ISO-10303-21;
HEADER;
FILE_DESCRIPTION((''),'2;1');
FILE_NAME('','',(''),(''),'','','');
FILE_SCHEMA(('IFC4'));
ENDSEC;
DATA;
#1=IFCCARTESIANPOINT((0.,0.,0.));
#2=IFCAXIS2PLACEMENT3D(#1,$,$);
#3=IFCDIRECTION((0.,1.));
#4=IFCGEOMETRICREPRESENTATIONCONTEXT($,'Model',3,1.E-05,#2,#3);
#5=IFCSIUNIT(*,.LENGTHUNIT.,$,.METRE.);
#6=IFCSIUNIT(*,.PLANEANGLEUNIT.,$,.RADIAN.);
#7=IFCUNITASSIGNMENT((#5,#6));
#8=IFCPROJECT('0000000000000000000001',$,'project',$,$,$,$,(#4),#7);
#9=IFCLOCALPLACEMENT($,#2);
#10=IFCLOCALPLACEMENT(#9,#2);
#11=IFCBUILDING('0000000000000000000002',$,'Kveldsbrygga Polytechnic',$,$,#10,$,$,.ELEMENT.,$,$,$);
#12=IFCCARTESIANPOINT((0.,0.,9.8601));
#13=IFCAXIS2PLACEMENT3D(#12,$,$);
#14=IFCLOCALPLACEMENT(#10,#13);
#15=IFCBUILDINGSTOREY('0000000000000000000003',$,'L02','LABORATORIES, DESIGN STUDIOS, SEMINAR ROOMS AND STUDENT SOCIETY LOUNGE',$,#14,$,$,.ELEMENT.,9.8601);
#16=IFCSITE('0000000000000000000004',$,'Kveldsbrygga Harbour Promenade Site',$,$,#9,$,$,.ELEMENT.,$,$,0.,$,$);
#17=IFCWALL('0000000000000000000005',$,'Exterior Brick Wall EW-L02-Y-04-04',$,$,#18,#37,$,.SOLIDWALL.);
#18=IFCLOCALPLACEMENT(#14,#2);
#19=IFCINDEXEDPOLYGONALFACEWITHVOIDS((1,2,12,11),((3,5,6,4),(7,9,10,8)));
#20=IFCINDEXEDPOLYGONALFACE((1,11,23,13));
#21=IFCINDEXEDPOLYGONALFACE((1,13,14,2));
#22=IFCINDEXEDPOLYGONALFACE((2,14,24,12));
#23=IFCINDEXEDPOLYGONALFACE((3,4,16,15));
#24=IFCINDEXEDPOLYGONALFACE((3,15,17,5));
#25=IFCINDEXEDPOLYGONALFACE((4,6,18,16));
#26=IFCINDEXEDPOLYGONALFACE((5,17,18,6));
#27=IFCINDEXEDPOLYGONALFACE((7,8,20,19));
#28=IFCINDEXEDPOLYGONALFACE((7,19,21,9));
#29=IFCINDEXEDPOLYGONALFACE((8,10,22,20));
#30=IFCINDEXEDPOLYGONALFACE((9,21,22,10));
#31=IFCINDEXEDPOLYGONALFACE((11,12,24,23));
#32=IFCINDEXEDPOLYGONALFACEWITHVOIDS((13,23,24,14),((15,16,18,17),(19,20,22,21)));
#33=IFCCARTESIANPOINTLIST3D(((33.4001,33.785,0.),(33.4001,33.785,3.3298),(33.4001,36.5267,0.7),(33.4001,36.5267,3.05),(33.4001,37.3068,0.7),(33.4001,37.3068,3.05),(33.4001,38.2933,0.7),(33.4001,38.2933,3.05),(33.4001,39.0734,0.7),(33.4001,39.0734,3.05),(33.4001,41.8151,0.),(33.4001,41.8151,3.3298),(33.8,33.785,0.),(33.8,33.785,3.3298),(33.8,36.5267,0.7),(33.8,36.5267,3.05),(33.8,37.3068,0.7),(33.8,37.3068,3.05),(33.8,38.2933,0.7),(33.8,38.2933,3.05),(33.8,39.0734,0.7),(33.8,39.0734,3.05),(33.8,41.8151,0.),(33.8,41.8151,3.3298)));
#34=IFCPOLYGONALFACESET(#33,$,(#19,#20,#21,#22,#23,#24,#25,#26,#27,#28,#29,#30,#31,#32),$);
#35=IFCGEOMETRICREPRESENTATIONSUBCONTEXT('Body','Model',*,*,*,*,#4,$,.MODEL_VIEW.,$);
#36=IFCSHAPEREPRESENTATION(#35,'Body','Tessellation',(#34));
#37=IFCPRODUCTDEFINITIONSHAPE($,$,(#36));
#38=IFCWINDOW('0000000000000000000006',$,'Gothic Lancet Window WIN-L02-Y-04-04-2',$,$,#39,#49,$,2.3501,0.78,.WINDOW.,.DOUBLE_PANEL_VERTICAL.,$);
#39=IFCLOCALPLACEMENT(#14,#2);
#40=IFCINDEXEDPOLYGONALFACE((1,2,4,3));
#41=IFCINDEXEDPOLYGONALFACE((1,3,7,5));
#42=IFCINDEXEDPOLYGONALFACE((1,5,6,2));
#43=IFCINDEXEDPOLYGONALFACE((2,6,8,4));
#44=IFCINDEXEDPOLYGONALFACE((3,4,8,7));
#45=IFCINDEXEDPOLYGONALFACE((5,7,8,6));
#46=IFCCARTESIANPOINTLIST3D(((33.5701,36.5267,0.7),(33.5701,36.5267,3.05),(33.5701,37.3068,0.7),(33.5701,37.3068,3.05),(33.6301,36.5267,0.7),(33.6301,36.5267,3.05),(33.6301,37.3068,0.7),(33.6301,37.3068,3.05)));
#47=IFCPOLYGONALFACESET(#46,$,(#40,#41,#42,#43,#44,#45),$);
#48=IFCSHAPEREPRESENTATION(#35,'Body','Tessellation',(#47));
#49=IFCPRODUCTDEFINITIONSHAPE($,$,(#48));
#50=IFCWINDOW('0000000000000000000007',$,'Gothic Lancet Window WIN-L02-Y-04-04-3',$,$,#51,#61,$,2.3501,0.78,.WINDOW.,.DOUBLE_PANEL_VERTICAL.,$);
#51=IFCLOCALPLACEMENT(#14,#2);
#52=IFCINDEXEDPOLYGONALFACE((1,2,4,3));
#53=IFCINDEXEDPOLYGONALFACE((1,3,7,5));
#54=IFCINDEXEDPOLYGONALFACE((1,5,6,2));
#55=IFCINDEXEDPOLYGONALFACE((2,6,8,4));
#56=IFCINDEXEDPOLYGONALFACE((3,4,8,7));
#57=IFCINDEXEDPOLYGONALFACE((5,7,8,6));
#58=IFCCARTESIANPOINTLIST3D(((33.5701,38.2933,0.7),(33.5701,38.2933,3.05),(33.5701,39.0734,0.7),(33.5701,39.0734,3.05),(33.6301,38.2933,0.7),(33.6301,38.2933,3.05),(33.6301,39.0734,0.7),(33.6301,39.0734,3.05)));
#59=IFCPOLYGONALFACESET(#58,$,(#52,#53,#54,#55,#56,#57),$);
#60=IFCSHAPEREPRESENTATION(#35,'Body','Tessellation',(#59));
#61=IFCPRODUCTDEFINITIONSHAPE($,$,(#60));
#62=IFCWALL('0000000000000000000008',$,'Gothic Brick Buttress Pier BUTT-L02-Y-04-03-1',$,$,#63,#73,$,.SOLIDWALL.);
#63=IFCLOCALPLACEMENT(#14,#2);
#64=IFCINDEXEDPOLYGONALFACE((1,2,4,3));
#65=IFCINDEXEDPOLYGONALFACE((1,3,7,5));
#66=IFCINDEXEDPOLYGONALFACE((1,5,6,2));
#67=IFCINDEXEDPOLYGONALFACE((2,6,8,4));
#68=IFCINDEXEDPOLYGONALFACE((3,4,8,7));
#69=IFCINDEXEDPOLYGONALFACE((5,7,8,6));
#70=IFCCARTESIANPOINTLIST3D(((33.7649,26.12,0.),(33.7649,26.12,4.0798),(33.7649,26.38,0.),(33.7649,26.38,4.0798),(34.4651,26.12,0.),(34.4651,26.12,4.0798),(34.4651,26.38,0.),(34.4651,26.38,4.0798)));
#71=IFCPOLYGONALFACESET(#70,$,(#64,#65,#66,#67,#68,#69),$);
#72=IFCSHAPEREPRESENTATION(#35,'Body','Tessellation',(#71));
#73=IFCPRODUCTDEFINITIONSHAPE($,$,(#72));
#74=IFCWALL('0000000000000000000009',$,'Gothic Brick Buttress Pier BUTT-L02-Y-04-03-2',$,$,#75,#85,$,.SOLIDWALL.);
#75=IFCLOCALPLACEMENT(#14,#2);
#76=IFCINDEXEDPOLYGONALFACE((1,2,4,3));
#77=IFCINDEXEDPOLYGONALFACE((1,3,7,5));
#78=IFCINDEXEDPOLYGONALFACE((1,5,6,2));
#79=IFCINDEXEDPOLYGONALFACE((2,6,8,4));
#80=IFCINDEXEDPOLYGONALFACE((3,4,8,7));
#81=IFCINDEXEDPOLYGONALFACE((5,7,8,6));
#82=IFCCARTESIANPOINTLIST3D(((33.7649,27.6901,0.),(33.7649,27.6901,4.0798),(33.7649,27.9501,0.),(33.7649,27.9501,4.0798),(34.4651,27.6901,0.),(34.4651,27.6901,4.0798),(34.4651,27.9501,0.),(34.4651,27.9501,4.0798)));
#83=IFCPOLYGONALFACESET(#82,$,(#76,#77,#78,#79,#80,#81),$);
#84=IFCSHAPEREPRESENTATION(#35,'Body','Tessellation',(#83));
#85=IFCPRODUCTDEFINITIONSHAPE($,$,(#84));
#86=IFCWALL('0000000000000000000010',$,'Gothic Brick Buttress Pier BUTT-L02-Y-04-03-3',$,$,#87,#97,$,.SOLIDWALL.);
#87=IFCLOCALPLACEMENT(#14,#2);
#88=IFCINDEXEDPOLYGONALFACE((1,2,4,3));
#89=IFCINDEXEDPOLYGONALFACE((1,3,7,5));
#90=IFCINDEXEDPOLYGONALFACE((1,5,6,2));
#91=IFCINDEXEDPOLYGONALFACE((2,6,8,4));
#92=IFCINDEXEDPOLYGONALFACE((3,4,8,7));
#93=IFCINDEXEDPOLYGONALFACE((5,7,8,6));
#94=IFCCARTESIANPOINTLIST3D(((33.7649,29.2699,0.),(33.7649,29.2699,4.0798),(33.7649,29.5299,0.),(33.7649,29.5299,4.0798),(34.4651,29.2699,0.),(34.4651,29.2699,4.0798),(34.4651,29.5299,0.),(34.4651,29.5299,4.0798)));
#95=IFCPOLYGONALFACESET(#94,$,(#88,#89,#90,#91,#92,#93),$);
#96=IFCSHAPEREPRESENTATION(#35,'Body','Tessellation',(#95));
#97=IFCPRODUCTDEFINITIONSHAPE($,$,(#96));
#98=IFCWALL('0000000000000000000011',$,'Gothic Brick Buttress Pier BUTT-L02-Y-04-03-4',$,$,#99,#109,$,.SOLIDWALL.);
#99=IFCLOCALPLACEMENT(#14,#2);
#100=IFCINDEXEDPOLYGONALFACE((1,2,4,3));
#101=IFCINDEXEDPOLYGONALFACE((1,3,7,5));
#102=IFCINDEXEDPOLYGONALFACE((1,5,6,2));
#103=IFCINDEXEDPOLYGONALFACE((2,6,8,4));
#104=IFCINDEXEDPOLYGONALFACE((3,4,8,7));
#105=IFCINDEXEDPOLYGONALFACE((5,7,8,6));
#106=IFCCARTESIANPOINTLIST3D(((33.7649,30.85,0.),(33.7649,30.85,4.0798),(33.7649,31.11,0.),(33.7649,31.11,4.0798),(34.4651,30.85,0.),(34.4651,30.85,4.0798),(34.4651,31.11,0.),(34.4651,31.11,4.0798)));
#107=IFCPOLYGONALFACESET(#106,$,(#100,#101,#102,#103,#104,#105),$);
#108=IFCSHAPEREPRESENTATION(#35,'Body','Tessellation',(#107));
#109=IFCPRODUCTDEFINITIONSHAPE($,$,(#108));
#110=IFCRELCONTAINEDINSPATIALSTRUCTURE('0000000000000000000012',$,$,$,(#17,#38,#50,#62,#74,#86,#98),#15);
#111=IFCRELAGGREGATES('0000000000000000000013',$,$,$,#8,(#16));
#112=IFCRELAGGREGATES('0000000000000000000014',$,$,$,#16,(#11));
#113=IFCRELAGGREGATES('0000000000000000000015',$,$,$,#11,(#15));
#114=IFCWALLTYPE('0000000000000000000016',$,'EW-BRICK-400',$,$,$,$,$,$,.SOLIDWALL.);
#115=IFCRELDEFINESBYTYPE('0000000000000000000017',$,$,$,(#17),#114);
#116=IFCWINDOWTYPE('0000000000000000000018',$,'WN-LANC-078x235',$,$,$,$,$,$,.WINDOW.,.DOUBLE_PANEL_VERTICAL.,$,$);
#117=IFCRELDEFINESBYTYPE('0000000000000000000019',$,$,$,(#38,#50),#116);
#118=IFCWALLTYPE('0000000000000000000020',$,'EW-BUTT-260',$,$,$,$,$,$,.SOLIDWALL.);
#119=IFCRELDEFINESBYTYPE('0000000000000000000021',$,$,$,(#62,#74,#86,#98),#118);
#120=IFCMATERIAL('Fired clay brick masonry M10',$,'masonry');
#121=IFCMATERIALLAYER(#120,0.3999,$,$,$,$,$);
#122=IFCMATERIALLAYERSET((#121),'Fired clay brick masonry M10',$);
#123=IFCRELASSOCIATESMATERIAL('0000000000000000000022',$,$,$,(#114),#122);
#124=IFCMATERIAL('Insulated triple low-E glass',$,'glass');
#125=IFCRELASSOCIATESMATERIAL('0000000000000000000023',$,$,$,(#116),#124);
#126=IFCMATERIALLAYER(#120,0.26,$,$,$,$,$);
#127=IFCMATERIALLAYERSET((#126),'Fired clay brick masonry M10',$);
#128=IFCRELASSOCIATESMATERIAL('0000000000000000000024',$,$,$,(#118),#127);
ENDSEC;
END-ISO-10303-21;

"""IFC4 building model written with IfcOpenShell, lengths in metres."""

from ifc_helpers import new_model, si_unit, direction, frame, frame_2d, origin, place, context, subcontext, project, spatial, rectangle, extrude, material, layer, layer_set, type_object, element, fill, save


model = new_model("IFC4")

# Units and contexts
model_context = context("Model", 3, precision=1e-05, world=origin(), true_north=direction((0.0, 1.0)))
body_context = subcontext(model_context, "Body", "Model", "MODEL_VIEW")
ifc_project = project(units=[si_unit("LENGTHUNIT", "METRE"), si_unit("PLANEANGLEUNIT", "RADIAN")], contexts=[model_context])

# Site, building, storey
site_placement = place(None, origin())
site = spatial("IfcSite", under=ifc_project, at=site_placement, Name="Kveldsbrygga Harbour Promenade Site", CompositionType="ELEMENT", RefElevation=0.0)
building_placement = place(site_placement, origin())
building = spatial("IfcBuilding", under=site, at=building_placement, Name="Kveldsbrygga Polytechnic", CompositionType="ELEMENT")
storey_placement = place(building_placement, frame((0.0, 0.0, 9.8601)))
storey = spatial("IfcBuildingStorey", under=building, at=storey_placement, Name="L02", Description="LABORATORIES, DESIGN STUDIOS, SEMINAR ROOMS AND STUDENT SOCIETY LOUNGE", CompositionType="ELEMENT", Elevation=9.8601)

# Shared definitions
ifc_material_1 = material(Name="Fired clay brick masonry M10", Category="masonry")

# Wall, openings, windows
ifc_material_2 = material(Name="Insulated triple low-E glass", Category="glass")
ifc_layer_1 = layer(ifc_material_1, 0.3999)
ifc_layer_set_1 = layer_set([ifc_layer_1], Name="Fired clay brick masonry M10")
wall_type_1 = type_object("IfcWallType", Name="EW-BRICK-400", PredefinedType="SOLIDWALL", material=ifc_layer_set_1)
wall_1_placement = place(storey_placement, frame((33.6001, 33.7849, 0.0), z_axis=(0.0, 0.0, 1.0), x_axis=(0.0, 1.0, 0.0)))
wall_1 = element("IfcWall", 1, at=wall_1_placement, inside=storey, type_object=wall_type_1, Name="Exterior Brick Wall EW-L02-Y-04-04", PredefinedType="SOLIDWALL", context=body_context, shape_type="SweptSolid", body=[
    extrude(rectangle(XDim=8.03, YDim=0.3999, at=frame_2d((4.0151, 0.0))), origin(), (0.0, 0.0, 1.0), 3.3298),
])
opening_1_placement = place(wall_1_placement, frame((2.7417, 0.0, 0.7)))
opening_1 = element("IfcOpeningElement", 2, at=opening_1_placement, cuts=wall_1, PredefinedType="OPENING", context=body_context, shape_type="SweptSolid", body=[
    extrude(rectangle(XDim=0.78, YDim=2.3501, at=frame_2d((0.3901, 1.175))), frame((0.0, 0.21, 0.0), z_axis=(0.0, -1.0, 0.0), x_axis=(1.0, 0.0, 0.0)), (0.0, 0.0, 1.0), 0.4199),
])
opening_2_placement = place(wall_1_placement, frame((4.5083, 0.0, 0.7)))
opening_2 = element("IfcOpeningElement", 3, at=opening_2_placement, cuts=wall_1, PredefinedType="OPENING", context=body_context, shape_type="SweptSolid", body=[
    extrude(rectangle(XDim=0.78, YDim=2.3501, at=frame_2d((0.3901, 1.175))), frame((0.0, 0.21, 0.0), z_axis=(0.0, -1.0, 0.0), x_axis=(1.0, 0.0, 0.0)), (0.0, 0.0, 1.0), 0.4199),
])
window_type_1 = type_object("IfcWindowType", Name="WN-LANC-078x235", PartitioningType="DOUBLE_PANEL_VERTICAL", PredefinedType="WINDOW", material=ifc_material_2)
window_1_placement = place(opening_1_placement, origin())
window_1 = element("IfcWindow", 4, at=window_1_placement, inside=storey, type_object=window_type_1, Name="Gothic Lancet Window WIN-L02-Y-04-04-2", OverallHeight=2.3501, OverallWidth=0.78, PartitioningType="DOUBLE_PANEL_VERTICAL", PredefinedType="WINDOW", context=body_context, shape_type="SweptSolid", body=[
    extrude(rectangle(XDim=0.78, YDim=2.3501, at=frame_2d((0.3901, 1.175))), frame((0.0, 0.03, 0.0), z_axis=(0.0, -1.0, 0.0), x_axis=(1.0, 0.0, 0.0)), (0.0, 0.0, 1.0), 0.0601),
])
fill(opening_1, window_1)
window_2_placement = place(opening_2_placement, origin())
window_2 = element("IfcWindow", 5, at=window_2_placement, inside=storey, type_object=window_type_1, Name="Gothic Lancet Window WIN-L02-Y-04-04-3", OverallHeight=2.3501, OverallWidth=0.78, PartitioningType="DOUBLE_PANEL_VERTICAL", PredefinedType="WINDOW", context=body_context, shape_type="SweptSolid", body=[
    extrude(rectangle(XDim=0.78, YDim=2.3501, at=frame_2d((0.3901, 1.175))), frame((0.0, 0.03, 0.0), z_axis=(0.0, -1.0, 0.0), x_axis=(1.0, 0.0, 0.0)), (0.0, 0.0, 1.0), 0.0601),
])
fill(opening_2, window_2)

# Walls
ifc_layer_2 = layer(ifc_material_1, 0.26)
ifc_layer_set_2 = layer_set([ifc_layer_2], Name="Fired clay brick masonry M10")
wall_type_2 = type_object("IfcWallType", Name="EW-BUTT-260", PredefinedType="SOLIDWALL", material=ifc_layer_set_2)
for number, where, z_axis, x_axis, name in (
    (6, (33.7649, 26.25, 0.0), (0.0, 0.0, 1.0), (1.0, 0.0, 0.0), "Gothic Brick Buttress Pier BUTT-L02-Y-04-03-1"),
    (7, (33.7649, 27.8201, 0.0), (0.0, 0.0, 1.0), (1.0, 0.0, 0.0), "Gothic Brick Buttress Pier BUTT-L02-Y-04-03-2"),
    (8, (33.7649, 29.3999, 0.0), (0.0, 0.0, 1.0), (1.0, 0.0, 0.0), "Gothic Brick Buttress Pier BUTT-L02-Y-04-03-3"),
    (9, (33.7649, 30.98, 0.0), (0.0, 0.0, 1.0), (1.0, 0.0, 0.0), "Gothic Brick Buttress Pier BUTT-L02-Y-04-03-4"),
):
    element("IfcWall", number, at=place(storey_placement, frame(where, z_axis=z_axis, x_axis=x_axis)), inside=storey, type_object=wall_type_2, Name=name, PredefinedType="SOLIDWALL", context=body_context, shape_type="SweptSolid", body=[
        extrude(rectangle(XDim=0.7002, YDim=0.26, at=frame_2d((0.3501, 0.0))), origin(), (0.0, 0.0, 1.0), 4.0798),
    ])

save(model, "model.ifc")
